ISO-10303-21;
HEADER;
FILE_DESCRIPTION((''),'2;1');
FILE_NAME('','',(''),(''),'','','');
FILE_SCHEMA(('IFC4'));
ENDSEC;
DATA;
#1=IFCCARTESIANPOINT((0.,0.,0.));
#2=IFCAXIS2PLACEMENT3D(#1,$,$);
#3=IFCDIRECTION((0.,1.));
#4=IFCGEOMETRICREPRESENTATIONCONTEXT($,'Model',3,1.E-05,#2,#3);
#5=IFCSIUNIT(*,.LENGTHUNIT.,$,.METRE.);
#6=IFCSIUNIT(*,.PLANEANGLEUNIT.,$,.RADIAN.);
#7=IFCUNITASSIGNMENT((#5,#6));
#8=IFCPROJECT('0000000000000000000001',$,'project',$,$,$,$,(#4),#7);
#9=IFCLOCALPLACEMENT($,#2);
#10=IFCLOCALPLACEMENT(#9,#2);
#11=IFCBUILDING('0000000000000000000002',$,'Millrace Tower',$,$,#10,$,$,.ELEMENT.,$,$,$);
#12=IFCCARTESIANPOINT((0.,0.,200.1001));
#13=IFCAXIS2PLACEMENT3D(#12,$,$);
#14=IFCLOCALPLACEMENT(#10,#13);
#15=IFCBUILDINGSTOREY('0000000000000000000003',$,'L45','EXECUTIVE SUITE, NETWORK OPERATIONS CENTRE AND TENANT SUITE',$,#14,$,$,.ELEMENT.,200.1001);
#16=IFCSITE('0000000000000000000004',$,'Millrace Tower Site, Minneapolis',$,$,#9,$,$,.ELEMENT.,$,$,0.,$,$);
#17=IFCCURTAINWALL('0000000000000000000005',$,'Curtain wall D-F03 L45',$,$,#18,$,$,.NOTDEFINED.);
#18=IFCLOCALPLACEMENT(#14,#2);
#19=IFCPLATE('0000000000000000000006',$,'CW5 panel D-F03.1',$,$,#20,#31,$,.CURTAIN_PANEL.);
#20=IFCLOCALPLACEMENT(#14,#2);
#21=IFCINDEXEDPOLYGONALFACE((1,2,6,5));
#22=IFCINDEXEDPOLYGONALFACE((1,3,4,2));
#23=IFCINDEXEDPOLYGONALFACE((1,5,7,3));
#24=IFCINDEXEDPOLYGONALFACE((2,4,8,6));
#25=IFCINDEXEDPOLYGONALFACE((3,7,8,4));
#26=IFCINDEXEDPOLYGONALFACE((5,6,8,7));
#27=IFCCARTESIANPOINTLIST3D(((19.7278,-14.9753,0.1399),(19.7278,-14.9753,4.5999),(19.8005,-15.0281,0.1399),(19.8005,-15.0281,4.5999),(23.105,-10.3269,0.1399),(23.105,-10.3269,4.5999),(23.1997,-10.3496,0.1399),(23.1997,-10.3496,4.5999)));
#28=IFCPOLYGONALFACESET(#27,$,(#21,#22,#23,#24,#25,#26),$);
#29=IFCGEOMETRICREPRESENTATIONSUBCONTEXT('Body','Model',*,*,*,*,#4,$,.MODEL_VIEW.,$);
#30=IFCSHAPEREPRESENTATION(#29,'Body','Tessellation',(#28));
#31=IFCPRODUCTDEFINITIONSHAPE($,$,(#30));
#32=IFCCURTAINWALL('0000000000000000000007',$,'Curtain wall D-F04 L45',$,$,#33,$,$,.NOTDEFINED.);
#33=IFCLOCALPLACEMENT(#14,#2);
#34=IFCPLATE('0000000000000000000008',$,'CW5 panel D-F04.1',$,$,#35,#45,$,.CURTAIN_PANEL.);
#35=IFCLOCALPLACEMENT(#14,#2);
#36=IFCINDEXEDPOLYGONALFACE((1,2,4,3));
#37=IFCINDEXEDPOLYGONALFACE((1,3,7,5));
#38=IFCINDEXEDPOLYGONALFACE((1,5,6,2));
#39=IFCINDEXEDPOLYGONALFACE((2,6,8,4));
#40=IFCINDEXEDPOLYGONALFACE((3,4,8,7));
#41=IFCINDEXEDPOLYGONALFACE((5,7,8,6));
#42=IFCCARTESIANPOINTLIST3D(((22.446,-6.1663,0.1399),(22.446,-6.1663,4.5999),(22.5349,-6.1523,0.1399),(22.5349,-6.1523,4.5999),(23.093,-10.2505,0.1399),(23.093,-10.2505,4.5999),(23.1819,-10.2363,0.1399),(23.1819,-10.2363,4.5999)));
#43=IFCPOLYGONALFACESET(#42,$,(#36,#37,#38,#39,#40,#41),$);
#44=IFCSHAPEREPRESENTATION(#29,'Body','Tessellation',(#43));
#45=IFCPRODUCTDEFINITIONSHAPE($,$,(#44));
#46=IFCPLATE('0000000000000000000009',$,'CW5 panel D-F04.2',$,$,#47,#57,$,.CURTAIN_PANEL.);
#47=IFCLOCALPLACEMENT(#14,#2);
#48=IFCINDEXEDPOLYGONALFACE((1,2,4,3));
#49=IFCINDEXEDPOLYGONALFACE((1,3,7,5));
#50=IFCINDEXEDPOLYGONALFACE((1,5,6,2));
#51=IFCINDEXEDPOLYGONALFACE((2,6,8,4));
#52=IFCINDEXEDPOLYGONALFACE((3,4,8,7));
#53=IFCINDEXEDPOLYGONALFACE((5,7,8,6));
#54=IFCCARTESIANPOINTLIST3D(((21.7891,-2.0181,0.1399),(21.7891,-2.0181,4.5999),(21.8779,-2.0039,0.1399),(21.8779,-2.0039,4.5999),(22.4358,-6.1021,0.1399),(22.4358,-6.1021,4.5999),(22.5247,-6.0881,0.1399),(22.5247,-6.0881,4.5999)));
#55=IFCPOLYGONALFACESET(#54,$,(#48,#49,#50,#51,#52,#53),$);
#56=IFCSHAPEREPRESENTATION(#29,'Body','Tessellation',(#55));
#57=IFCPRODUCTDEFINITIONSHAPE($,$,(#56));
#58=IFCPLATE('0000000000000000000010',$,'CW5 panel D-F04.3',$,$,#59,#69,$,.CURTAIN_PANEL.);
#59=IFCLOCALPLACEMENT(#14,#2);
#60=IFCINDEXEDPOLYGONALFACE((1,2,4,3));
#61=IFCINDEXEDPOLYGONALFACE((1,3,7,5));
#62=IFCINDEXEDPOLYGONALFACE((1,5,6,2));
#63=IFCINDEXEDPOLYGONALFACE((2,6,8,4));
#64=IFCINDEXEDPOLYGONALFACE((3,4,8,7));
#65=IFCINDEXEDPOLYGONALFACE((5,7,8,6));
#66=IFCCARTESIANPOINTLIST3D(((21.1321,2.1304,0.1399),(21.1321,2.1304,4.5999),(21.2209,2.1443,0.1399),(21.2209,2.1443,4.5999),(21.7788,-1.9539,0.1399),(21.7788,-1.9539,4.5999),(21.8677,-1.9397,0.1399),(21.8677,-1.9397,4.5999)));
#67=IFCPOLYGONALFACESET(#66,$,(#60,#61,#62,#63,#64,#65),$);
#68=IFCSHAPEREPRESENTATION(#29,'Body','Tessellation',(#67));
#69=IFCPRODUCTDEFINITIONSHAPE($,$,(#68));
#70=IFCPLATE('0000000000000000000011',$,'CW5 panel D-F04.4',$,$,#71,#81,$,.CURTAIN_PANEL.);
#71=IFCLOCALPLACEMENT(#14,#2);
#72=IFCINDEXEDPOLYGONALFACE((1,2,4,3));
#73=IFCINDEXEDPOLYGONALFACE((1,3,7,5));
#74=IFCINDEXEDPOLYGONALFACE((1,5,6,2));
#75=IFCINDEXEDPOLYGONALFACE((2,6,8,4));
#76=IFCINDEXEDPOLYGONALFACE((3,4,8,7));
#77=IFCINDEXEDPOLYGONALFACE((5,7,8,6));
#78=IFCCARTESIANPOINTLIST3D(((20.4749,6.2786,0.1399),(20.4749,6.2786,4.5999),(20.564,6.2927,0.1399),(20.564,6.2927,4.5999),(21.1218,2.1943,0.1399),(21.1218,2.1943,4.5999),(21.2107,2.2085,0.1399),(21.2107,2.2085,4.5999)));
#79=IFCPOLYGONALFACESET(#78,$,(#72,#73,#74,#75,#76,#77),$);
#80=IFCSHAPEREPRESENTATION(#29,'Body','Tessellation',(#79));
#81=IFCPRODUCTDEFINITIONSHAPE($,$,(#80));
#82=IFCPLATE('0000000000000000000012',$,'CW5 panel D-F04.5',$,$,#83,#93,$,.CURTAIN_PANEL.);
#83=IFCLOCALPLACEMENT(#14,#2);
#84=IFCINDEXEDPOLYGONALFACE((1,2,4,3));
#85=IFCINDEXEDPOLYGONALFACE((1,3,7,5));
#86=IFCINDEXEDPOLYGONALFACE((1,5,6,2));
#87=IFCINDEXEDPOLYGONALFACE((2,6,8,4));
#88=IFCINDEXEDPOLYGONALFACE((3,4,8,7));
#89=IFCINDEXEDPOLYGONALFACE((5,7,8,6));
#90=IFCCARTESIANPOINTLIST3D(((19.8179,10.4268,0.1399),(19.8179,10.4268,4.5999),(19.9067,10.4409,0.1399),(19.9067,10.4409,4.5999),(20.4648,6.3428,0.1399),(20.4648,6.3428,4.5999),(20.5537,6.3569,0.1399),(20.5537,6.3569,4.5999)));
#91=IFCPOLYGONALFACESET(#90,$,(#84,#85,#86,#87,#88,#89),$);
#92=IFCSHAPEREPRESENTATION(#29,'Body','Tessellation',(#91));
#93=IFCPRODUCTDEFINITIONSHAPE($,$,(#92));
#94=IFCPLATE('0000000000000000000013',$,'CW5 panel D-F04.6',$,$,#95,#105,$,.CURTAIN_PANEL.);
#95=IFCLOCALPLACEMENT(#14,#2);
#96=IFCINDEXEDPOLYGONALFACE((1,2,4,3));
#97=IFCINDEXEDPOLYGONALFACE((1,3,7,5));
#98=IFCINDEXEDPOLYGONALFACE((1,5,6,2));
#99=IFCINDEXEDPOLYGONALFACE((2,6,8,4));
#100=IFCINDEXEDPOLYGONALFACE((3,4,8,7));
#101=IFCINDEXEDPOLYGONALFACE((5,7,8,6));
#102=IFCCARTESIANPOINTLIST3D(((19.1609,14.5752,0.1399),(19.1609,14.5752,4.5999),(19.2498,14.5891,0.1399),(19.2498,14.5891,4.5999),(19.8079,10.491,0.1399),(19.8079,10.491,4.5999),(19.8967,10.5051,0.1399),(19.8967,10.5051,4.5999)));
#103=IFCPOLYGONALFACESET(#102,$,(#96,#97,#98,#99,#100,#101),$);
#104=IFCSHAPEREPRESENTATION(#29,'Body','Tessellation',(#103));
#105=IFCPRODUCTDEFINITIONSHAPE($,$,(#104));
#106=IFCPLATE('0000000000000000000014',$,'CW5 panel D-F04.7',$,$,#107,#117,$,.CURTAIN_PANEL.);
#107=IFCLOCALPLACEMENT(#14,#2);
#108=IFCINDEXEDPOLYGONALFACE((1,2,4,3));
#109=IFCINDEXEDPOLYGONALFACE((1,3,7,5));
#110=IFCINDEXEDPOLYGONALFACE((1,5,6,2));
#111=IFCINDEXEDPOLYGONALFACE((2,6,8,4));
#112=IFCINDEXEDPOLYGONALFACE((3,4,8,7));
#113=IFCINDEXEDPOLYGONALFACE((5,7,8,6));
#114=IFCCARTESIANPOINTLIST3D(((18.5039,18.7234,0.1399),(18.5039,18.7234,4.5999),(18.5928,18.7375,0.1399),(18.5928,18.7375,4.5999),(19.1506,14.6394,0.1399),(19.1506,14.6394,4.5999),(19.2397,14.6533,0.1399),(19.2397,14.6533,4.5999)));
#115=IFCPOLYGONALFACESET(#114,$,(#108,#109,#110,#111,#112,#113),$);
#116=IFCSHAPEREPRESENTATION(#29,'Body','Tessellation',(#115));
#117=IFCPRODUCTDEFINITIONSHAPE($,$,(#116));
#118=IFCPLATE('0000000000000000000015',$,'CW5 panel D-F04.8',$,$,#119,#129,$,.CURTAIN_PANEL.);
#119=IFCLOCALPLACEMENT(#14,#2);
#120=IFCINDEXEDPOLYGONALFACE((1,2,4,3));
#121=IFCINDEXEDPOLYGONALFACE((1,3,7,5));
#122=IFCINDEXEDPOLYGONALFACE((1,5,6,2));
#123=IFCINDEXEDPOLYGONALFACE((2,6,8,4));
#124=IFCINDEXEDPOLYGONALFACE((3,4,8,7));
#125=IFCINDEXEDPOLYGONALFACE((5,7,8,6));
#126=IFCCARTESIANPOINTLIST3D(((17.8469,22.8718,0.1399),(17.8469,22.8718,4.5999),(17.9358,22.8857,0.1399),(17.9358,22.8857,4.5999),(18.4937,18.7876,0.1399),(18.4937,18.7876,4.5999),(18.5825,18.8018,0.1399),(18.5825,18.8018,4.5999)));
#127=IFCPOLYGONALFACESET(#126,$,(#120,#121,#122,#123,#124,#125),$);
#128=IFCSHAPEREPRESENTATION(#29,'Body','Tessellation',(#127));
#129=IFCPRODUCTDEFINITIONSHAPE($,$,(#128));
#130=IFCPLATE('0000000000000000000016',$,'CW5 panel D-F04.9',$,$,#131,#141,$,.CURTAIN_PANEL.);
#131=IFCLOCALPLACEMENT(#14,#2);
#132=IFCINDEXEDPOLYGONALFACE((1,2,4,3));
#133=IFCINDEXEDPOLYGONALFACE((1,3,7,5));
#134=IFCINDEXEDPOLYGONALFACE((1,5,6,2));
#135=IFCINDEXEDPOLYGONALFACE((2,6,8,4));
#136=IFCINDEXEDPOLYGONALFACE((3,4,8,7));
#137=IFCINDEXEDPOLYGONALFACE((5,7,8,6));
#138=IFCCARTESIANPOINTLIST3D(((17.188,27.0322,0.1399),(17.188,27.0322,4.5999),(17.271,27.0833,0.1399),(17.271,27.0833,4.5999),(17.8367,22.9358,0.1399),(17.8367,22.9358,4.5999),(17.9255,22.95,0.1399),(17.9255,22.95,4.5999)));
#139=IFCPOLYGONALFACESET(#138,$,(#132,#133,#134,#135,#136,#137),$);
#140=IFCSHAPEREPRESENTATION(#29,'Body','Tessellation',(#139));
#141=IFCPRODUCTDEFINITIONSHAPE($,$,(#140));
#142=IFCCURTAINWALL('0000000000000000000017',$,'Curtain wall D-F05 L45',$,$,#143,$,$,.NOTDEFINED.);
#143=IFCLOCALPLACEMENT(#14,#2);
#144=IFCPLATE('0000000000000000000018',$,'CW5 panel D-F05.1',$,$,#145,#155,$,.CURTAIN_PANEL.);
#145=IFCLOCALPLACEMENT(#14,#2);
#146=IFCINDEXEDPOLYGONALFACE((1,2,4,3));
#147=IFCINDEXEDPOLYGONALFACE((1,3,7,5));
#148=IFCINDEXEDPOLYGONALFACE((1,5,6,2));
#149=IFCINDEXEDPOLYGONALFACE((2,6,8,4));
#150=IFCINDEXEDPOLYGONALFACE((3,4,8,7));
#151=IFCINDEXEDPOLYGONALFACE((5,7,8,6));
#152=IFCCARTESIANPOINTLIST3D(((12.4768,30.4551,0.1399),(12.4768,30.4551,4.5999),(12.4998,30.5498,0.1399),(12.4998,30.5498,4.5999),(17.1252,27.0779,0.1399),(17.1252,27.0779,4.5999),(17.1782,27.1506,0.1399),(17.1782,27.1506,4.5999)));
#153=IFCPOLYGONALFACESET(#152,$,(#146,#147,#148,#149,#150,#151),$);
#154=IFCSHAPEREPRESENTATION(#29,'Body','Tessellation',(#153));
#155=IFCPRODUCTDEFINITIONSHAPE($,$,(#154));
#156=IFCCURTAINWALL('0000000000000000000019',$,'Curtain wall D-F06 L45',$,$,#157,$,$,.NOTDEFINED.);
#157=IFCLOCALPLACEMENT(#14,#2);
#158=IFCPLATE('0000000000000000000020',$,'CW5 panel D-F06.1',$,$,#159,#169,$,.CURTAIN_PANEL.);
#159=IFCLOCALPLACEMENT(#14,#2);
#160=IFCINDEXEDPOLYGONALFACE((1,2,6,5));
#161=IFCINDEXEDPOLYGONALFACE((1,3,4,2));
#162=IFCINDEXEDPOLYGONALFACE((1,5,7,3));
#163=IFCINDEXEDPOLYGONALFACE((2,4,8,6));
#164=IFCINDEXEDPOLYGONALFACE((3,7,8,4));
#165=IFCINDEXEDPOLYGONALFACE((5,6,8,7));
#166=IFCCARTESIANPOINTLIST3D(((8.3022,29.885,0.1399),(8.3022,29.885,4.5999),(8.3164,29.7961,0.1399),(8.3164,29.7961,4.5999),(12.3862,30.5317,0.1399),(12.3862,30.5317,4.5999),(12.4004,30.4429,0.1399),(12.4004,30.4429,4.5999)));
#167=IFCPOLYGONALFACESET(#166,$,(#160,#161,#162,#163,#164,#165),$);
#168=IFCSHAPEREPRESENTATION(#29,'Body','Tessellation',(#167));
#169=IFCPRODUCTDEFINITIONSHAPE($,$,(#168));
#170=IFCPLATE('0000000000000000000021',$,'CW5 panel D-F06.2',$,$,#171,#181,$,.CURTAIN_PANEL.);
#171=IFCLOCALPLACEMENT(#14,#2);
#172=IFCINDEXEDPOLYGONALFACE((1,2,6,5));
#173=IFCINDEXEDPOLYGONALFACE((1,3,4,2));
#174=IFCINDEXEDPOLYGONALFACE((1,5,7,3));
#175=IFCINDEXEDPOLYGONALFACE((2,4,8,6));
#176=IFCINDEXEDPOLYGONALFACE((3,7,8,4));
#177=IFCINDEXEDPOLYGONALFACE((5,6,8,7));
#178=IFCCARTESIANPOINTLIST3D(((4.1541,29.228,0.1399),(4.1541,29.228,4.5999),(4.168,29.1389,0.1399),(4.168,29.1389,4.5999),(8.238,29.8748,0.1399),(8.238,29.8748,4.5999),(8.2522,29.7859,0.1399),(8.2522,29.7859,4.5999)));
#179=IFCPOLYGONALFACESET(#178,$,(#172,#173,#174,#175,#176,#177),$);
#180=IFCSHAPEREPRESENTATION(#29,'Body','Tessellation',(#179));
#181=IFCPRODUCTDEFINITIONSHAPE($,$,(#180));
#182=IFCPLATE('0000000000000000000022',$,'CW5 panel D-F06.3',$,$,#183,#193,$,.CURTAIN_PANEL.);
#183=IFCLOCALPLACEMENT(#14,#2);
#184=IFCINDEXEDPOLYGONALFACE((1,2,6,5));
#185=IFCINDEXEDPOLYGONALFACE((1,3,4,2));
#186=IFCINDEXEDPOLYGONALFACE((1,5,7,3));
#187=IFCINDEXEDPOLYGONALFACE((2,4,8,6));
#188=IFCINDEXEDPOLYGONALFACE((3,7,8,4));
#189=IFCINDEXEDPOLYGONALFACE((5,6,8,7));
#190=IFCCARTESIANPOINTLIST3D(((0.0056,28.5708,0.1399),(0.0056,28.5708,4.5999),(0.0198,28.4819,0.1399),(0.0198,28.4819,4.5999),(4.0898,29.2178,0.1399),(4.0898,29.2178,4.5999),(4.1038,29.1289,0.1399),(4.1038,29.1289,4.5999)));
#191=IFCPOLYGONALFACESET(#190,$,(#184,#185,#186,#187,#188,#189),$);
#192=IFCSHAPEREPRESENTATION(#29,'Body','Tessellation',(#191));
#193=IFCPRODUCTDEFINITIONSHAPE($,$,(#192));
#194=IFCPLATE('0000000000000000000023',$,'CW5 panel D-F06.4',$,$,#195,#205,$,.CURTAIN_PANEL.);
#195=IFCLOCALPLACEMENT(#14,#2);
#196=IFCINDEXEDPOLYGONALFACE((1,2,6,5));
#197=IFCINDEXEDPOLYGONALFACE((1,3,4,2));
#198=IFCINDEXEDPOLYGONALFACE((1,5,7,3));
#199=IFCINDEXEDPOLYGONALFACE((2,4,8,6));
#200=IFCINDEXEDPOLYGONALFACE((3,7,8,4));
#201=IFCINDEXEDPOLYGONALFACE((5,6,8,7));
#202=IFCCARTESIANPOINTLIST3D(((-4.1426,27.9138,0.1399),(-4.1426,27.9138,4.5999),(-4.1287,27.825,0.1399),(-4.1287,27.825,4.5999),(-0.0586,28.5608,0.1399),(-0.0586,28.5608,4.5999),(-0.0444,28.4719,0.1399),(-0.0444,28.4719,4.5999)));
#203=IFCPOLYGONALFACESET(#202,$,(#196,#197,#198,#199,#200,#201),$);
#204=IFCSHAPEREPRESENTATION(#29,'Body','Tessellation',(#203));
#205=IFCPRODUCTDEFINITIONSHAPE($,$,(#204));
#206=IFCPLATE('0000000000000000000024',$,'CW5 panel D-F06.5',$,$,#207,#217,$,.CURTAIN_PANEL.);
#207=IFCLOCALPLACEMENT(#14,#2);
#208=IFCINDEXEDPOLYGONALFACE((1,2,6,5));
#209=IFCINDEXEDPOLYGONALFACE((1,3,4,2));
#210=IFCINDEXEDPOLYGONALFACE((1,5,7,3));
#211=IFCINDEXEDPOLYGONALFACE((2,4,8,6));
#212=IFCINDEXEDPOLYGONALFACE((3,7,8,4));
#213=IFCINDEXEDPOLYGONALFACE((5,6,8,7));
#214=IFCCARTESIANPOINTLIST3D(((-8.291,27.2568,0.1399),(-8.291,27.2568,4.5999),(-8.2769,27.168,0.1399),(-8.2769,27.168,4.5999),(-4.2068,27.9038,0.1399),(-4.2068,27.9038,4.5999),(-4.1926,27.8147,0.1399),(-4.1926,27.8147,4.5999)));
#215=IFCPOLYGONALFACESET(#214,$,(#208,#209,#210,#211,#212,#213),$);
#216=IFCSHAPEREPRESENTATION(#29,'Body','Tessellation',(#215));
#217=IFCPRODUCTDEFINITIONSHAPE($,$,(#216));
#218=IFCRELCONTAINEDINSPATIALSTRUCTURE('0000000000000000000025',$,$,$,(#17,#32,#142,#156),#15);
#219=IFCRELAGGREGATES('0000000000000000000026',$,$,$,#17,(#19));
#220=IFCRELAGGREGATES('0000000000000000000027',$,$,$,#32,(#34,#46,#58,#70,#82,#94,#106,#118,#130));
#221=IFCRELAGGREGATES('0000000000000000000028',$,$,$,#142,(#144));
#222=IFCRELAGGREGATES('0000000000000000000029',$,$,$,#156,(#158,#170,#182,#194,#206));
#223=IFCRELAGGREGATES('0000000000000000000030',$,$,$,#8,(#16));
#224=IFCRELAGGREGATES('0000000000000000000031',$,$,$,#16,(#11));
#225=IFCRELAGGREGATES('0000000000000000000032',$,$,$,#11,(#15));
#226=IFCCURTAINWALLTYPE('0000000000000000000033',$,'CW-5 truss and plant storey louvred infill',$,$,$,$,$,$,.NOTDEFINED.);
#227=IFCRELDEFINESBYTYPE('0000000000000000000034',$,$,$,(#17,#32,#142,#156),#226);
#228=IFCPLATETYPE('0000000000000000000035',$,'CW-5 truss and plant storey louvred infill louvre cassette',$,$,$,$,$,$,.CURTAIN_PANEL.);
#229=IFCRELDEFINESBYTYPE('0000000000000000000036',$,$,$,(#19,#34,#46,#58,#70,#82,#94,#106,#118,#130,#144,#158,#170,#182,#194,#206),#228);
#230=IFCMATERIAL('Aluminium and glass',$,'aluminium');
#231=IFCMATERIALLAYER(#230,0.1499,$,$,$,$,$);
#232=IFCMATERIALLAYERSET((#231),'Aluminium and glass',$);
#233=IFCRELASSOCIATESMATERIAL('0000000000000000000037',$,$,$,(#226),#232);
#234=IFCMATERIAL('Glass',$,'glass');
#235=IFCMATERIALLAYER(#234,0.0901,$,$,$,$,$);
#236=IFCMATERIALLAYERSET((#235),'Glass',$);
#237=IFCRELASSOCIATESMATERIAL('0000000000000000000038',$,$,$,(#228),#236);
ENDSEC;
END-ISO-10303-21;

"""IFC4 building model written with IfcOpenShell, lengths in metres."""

from ifc_helpers import new_model, si_unit, direction, frame, origin, place, context, subcontext, project, spatial, polyline, outline, extrude, material, layer, layer_set, type_object, element, aggregate, save


model = new_model("IFC4")

# Units and contexts
model_context = context("Model", 3, precision=1e-05, world=origin(), true_north=direction((0.0, 1.0)))
body_context = subcontext(model_context, "Body", "Model", "MODEL_VIEW")
ifc_project = project(units=[si_unit("LENGTHUNIT", "METRE"), si_unit("PLANEANGLEUNIT", "RADIAN")], contexts=[model_context])

# Site, building, storey
site_placement = place(None, origin())
site = spatial("IfcSite", under=ifc_project, at=site_placement, Name="Millrace Tower Site, Minneapolis", CompositionType="ELEMENT", RefElevation=0.0)
building_placement = place(site_placement, origin())
building = spatial("IfcBuilding", under=site, at=building_placement, Name="Millrace Tower", CompositionType="ELEMENT")
storey_placement = place(building_placement, frame((0.0, 0.0, 200.1001)))
storey = spatial("IfcBuildingStorey", under=building, at=storey_placement, Name="L45", Description="EXECUTIVE SUITE, NETWORK OPERATIONS CENTRE AND TENANT SUITE", CompositionType="ELEMENT", Elevation=200.1001)

# Curtain wall, plate
ifc_material_1 = material(Name="Aluminium and glass", Category="aluminium")
ifc_layer_1 = layer(ifc_material_1, 0.1499)
ifc_layer_set_1 = layer_set([ifc_layer_1], Name="Aluminium and glass")
curtain_wall_type = type_object("IfcCurtainWallType", Name="CW-5 truss and plant storey louvred infill", PredefinedType="NOTDEFINED", material=ifc_layer_set_1)
placement_1 = place(storey_placement, origin())
curtain_wall_1 = element("IfcCurtainWall", 1, at=placement_1, inside=storey, type_object=curtain_wall_type, Name="Curtain wall D-F03 L45", PredefinedType="NOTDEFINED")
ifc_material_2 = material(Name="Glass", Category="glass")
ifc_layer_2 = layer(ifc_material_2, 0.0901)
ifc_layer_set_2 = layer_set([ifc_layer_2], Name="Glass")
plate_type = type_object("IfcPlateType", Name="CW-5 truss and plant storey louvred infill louvre cassette", PredefinedType="CURTAIN_PANEL", material=ifc_layer_set_2)
placement_2 = place(storey_placement, frame((0.0, 0.0, 0.1399)))
plate_1 = element("IfcPlate", 2, at=placement_2, type_object=plate_type, Name="CW5 panel D-F03.1", PredefinedType="CURTAIN_PANEL", context=body_context, shape_type="SweptSolid", body=[
    extrude(outline(polyline([(19.8005, -15.0281), (23.1997, -10.3496), (23.105, -10.3269), (19.7278, -14.9753), (19.8005, -15.0281)])), origin(), (0.0, 0.0, 1.0), 4.46),
])
aggregate(curtain_wall_1, [plate_1])

# Curtain wall, plates
curtain_wall_2 = element("IfcCurtainWall", 3, at=placement_1, inside=storey, type_object=curtain_wall_type, Name="Curtain wall D-F04 L45", PredefinedType="NOTDEFINED")
plate_2 = element("IfcPlate", 4, at=placement_2, type_object=plate_type, Name="CW5 panel D-F04.1", PredefinedType="CURTAIN_PANEL", context=body_context, shape_type="SweptSolid", body=[
    extrude(outline(polyline([(23.1819, -10.2363), (22.5349, -6.1523), (22.446, -6.1663), (23.093, -10.2505), (23.1819, -10.2363)])), origin(), (0.0, 0.0, 1.0), 4.46),
])
plate_3 = element("IfcPlate", 5, at=placement_2, type_object=plate_type, Name="CW5 panel D-F04.2", PredefinedType="CURTAIN_PANEL", context=body_context, shape_type="SweptSolid", body=[
    extrude(outline(polyline([(22.5247, -6.0881), (21.8779, -2.0039), (21.7891, -2.0181), (22.4358, -6.1021), (22.5247, -6.0881)])), origin(), (0.0, 0.0, 1.0), 4.46),
])
plate_4 = element("IfcPlate", 6, at=placement_2, type_object=plate_type, Name="CW5 panel D-F04.3", PredefinedType="CURTAIN_PANEL", context=body_context, shape_type="SweptSolid", body=[
    extrude(outline(polyline([(21.8677, -1.9397), (21.2209, 2.1443), (21.1321, 2.1304), (21.7788, -1.9539), (21.8677, -1.9397)])), origin(), (0.0, 0.0, 1.0), 4.46),
])
plate_5 = element("IfcPlate", 7, at=placement_2, type_object=plate_type, Name="CW5 panel D-F04.4", PredefinedType="CURTAIN_PANEL", context=body_context, shape_type="SweptSolid", body=[
    extrude(outline(polyline([(21.2107, 2.2085), (20.564, 6.2927), (20.4749, 6.2786), (21.1218, 2.1943), (21.2107, 2.2085)])), origin(), (0.0, 0.0, 1.0), 4.46),
])
plate_6 = element("IfcPlate", 8, at=placement_2, type_object=plate_type, Name="CW5 panel D-F04.5", PredefinedType="CURTAIN_PANEL", context=body_context, shape_type="SweptSolid", body=[
    extrude(outline(polyline([(20.5537, 6.3569), (19.9067, 10.4409), (19.8179, 10.4268), (20.4648, 6.3428), (20.5537, 6.3569)])), origin(), (0.0, 0.0, 1.0), 4.46),
])
plate_7 = element("IfcPlate", 9, at=placement_2, type_object=plate_type, Name="CW5 panel D-F04.6", PredefinedType="CURTAIN_PANEL", context=body_context, shape_type="SweptSolid", body=[
    extrude(outline(polyline([(19.8967, 10.5051), (19.2498, 14.5891), (19.1609, 14.5752), (19.8079, 10.491), (19.8967, 10.5051)])), origin(), (0.0, 0.0, 1.0), 4.46),
])
plate_8 = element("IfcPlate", 10, at=placement_2, type_object=plate_type, Name="CW5 panel D-F04.7", PredefinedType="CURTAIN_PANEL", context=body_context, shape_type="SweptSolid", body=[
    extrude(outline(polyline([(19.2397, 14.6533), (18.5928, 18.7375), (18.5039, 18.7234), (19.1506, 14.6394), (19.2397, 14.6533)])), origin(), (0.0, 0.0, 1.0), 4.46),
])
plate_9 = element("IfcPlate", 11, at=placement_2, type_object=plate_type, Name="CW5 panel D-F04.8", PredefinedType="CURTAIN_PANEL", context=body_context, shape_type="SweptSolid", body=[
    extrude(outline(polyline([(18.5825, 18.8018), (17.9358, 22.8857), (17.8469, 22.8718), (18.4937, 18.7876), (18.5825, 18.8018)])), origin(), (0.0, 0.0, 1.0), 4.46),
])
plate_10 = element("IfcPlate", 12, at=placement_2, type_object=plate_type, Name="CW5 panel D-F04.9", PredefinedType="CURTAIN_PANEL", context=body_context, shape_type="SweptSolid", body=[
    extrude(outline(polyline([(17.9255, 22.95), (17.271, 27.0833), (17.188, 27.0322), (17.8367, 22.9358), (17.9255, 22.95)])), origin(), (0.0, 0.0, 1.0), 4.46),
])
aggregate(curtain_wall_2, [plate_2, plate_3, plate_4, plate_5, plate_6, plate_7, plate_8, plate_9, plate_10])

# Curtain wall, plate
curtain_wall_3 = element("IfcCurtainWall", 13, at=placement_1, inside=storey, type_object=curtain_wall_type, Name="Curtain wall D-F05 L45", PredefinedType="NOTDEFINED")
plate_11 = element("IfcPlate", 14, at=placement_2, type_object=plate_type, Name="CW5 panel D-F05.1", PredefinedType="CURTAIN_PANEL", context=body_context, shape_type="SweptSolid", body=[
    extrude(outline(polyline([(17.1782, 27.1506), (12.4998, 30.5498), (12.4768, 30.4551), (17.1252, 27.0779), (17.1782, 27.1506)])), origin(), (0.0, 0.0, 1.0), 4.46),
])
aggregate(curtain_wall_3, [plate_11])

# Curtain wall, plates
curtain_wall_4 = element("IfcCurtainWall", 15, at=placement_1, inside=storey, type_object=curtain_wall_type, Name="Curtain wall D-F06 L45", PredefinedType="NOTDEFINED")
plate_12 = element("IfcPlate", 16, at=placement_2, type_object=plate_type, Name="CW5 panel D-F06.1", PredefinedType="CURTAIN_PANEL", context=body_context, shape_type="SweptSolid", body=[
    extrude(outline(polyline([(12.3862, 30.5317), (8.3022, 29.885), (8.3164, 29.7961), (12.4004, 30.4429), (12.3862, 30.5317)])), origin(), (0.0, 0.0, 1.0), 4.46),
])
plate_13 = element("IfcPlate", 17, at=placement_2, type_object=plate_type, Name="CW5 panel D-F06.2", PredefinedType="CURTAIN_PANEL", context=body_context, shape_type="SweptSolid", body=[
    extrude(outline(polyline([(8.238, 29.8748), (4.1541, 29.228), (4.168, 29.1389), (8.2522, 29.7859), (8.238, 29.8748)])), origin(), (0.0, 0.0, 1.0), 4.46),
])
plate_14 = element("IfcPlate", 18, at=placement_2, type_object=plate_type, Name="CW5 panel D-F06.3", PredefinedType="CURTAIN_PANEL", context=body_context, shape_type="SweptSolid", body=[
    extrude(outline(polyline([(4.0898, 29.2178), (0.0056, 28.5708), (0.0198, 28.4819), (4.1038, 29.1289), (4.0898, 29.2178)])), origin(), (0.0, 0.0, 1.0), 4.46),
])
plate_15 = element("IfcPlate", 19, at=placement_2, type_object=plate_type, Name="CW5 panel D-F06.4", PredefinedType="CURTAIN_PANEL", context=body_context, shape_type="SweptSolid", body=[
    extrude(outline(polyline([(-0.0586, 28.5608), (-4.1426, 27.9138), (-4.1287, 27.825), (-0.0444, 28.4719), (-0.0586, 28.5608)])), origin(), (0.0, 0.0, 1.0), 4.46),
])
plate_16 = element("IfcPlate", 20, at=placement_2, type_object=plate_type, Name="CW5 panel D-F06.5", PredefinedType="CURTAIN_PANEL", context=body_context, shape_type="SweptSolid", body=[
    extrude(outline(polyline([(-4.2068, 27.9038), (-8.291, 27.2568), (-8.2769, 27.168), (-4.1926, 27.8147), (-4.2068, 27.9038)])), origin(), (0.0, 0.0, 1.0), 4.46),
])
aggregate(curtain_wall_4, [plate_12, plate_13, plate_14, plate_15, plate_16])

save(model, "model.ifc")
